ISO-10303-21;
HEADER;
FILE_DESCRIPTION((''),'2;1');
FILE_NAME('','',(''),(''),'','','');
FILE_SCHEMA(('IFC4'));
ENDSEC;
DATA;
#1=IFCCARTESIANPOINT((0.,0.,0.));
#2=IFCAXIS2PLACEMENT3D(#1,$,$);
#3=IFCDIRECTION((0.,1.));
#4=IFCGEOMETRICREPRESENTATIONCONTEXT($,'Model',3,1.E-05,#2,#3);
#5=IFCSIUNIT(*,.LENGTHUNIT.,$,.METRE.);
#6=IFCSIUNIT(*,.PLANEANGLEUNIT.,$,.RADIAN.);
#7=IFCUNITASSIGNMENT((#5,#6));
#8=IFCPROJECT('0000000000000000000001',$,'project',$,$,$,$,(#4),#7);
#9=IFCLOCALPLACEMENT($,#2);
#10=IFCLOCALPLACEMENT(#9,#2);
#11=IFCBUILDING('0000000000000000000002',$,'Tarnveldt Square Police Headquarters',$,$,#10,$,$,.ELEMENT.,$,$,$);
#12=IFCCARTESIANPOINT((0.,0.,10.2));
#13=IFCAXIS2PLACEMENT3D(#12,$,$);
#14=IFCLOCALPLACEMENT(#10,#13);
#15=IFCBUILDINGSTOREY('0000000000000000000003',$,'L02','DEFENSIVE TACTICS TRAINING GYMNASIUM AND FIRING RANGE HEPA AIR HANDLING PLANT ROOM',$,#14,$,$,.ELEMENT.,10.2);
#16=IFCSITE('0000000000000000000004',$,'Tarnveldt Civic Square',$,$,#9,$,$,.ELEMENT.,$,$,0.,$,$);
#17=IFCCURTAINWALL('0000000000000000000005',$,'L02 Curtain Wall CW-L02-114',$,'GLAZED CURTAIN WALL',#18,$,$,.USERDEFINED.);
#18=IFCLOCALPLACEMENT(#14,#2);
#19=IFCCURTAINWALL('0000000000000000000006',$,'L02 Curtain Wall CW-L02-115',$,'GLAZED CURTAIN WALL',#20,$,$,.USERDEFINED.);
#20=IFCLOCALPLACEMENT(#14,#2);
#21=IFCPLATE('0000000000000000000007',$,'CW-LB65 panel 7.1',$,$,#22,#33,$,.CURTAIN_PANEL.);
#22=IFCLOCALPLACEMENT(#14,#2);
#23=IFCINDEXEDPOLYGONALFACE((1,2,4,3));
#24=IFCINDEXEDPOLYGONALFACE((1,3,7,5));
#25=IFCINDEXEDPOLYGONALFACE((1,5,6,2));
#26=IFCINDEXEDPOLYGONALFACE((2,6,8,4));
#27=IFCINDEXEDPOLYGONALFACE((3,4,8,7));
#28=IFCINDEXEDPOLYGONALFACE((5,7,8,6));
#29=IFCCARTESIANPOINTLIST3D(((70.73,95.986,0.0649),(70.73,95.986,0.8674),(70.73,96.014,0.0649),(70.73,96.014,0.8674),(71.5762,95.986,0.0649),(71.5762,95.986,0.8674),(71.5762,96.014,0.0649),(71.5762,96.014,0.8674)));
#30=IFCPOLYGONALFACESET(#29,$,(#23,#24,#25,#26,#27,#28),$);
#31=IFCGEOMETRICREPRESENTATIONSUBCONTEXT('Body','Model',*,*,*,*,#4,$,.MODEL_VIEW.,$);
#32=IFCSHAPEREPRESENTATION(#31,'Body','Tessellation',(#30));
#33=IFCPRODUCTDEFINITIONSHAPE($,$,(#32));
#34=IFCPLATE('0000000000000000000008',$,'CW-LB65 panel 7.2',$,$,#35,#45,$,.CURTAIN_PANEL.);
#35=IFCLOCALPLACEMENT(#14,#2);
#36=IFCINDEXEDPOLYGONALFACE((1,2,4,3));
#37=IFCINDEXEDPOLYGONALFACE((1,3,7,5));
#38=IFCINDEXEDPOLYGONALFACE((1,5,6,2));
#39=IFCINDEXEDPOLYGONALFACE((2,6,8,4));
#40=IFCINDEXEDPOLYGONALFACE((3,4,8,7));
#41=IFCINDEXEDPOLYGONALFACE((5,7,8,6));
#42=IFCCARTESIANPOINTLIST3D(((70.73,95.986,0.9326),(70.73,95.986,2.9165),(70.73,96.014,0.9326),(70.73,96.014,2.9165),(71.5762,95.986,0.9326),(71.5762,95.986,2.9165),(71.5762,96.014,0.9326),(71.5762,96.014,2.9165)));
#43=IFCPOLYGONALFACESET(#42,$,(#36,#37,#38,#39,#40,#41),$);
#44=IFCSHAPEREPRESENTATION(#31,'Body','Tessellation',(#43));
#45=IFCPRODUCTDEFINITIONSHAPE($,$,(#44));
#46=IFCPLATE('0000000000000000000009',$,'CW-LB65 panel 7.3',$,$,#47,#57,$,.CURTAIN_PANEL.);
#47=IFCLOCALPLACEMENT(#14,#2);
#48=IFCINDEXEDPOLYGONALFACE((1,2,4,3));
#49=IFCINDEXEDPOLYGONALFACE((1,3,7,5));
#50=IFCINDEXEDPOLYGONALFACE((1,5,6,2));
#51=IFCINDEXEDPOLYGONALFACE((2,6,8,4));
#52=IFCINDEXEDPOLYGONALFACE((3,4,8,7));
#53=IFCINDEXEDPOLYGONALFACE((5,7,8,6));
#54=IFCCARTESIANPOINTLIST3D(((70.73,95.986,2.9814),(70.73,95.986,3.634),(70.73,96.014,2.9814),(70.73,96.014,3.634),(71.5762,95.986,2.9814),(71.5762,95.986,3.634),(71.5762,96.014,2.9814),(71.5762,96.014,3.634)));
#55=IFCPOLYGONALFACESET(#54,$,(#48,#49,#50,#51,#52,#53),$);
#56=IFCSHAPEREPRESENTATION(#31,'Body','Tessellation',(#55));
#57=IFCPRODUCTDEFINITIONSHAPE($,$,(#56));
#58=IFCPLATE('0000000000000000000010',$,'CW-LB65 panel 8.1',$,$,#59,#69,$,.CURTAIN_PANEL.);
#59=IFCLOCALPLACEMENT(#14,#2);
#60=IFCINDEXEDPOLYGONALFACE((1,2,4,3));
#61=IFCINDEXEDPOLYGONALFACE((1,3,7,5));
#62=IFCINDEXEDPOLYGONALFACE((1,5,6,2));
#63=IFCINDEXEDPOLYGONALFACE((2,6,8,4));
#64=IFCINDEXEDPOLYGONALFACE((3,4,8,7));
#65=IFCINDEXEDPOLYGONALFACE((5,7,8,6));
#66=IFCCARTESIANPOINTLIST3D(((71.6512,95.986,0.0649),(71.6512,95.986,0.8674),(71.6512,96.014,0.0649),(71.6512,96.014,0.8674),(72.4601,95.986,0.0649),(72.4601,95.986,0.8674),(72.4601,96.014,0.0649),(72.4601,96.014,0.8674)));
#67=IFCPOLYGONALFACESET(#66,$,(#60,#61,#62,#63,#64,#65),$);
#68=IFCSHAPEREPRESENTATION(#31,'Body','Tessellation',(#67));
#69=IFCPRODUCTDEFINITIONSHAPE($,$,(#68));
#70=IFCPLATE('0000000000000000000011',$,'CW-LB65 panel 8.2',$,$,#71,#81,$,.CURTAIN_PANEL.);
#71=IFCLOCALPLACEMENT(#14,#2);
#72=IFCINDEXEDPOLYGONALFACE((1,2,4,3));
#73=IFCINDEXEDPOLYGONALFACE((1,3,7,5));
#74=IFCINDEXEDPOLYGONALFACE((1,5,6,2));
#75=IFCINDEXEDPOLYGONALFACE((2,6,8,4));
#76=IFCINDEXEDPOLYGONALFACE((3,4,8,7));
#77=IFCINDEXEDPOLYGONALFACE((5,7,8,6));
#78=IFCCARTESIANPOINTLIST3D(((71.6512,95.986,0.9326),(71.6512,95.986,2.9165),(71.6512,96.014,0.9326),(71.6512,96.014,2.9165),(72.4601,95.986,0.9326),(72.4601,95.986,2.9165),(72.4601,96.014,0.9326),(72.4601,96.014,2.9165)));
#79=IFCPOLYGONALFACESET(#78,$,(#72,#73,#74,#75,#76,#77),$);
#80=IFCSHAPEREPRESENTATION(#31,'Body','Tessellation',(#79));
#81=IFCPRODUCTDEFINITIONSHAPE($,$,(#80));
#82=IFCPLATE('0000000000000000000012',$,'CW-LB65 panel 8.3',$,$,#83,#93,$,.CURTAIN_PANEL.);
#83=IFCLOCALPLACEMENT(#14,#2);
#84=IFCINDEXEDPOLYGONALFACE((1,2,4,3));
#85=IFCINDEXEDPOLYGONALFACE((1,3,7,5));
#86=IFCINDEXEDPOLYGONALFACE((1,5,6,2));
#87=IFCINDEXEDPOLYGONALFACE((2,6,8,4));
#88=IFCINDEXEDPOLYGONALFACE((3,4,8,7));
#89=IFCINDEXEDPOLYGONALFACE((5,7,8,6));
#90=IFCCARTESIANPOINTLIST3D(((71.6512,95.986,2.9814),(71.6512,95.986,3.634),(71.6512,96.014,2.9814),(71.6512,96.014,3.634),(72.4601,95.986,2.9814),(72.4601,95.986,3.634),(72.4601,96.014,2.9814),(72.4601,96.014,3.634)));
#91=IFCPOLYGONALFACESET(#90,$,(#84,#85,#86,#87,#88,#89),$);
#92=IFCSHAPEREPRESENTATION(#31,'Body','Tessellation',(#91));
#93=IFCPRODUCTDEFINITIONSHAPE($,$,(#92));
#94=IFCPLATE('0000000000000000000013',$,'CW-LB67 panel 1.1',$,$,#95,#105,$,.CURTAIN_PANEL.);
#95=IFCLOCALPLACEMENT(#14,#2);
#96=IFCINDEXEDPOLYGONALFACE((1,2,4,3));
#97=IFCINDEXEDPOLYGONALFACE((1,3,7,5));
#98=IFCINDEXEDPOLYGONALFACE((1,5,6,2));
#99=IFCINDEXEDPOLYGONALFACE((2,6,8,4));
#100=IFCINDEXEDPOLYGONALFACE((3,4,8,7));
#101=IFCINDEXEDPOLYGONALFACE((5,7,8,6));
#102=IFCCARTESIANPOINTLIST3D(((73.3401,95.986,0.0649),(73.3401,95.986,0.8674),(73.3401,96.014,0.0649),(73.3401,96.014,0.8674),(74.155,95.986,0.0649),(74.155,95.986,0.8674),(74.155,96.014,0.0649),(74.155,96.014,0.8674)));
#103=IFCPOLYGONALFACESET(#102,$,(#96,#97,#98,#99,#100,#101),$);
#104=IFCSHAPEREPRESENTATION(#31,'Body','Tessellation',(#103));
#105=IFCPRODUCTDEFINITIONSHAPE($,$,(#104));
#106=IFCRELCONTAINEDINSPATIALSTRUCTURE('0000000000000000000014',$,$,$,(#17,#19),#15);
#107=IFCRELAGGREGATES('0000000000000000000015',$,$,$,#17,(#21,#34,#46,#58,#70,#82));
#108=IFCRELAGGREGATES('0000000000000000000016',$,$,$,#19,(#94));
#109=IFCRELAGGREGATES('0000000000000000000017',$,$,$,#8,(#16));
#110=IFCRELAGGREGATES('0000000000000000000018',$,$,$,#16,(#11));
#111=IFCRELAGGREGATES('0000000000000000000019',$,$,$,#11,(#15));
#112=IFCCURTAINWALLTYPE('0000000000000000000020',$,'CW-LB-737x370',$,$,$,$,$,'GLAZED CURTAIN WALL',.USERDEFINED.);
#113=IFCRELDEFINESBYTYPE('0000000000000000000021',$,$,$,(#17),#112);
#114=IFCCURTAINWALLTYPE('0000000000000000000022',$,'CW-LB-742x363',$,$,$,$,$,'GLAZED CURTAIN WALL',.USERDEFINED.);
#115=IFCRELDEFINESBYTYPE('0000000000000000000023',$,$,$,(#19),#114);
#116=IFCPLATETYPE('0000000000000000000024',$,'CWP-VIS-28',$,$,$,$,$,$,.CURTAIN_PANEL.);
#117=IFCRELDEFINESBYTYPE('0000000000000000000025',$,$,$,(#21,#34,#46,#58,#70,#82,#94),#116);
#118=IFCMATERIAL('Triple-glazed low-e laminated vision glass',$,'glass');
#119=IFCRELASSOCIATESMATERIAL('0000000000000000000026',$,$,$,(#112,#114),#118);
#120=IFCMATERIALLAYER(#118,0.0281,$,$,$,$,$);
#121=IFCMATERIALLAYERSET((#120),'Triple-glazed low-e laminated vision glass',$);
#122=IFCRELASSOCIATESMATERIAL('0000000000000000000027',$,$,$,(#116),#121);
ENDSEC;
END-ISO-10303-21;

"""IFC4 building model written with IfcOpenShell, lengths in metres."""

from ifc_helpers import new_model, si_unit, direction, frame, origin, origin_2d, place, context, subcontext, project, spatial, rectangle, extrude, material, layer, layer_set, type_object, element, aggregate, save


model = new_model("IFC4")

# Units and contexts
model_context = context("Model", 3, precision=1e-05, world=origin(), true_north=direction((0.0, 1.0)))
body_context = subcontext(model_context, "Body", "Model", "MODEL_VIEW")
ifc_project = project(units=[si_unit("LENGTHUNIT", "METRE"), si_unit("PLANEANGLEUNIT", "RADIAN")], contexts=[model_context])

# Site, building, storey
site_placement = place(None, origin())
site = spatial("IfcSite", under=ifc_project, at=site_placement, Name="Tarnveldt Civic Square", CompositionType="ELEMENT", RefElevation=0.0)
building_placement = place(site_placement, origin())
building = spatial("IfcBuilding", under=site, at=building_placement, Name="Tarnveldt Square Police Headquarters", CompositionType="ELEMENT")
storey_placement = place(building_placement, frame((0.0, 0.0, 10.2)))
storey = spatial("IfcBuildingStorey", under=building, at=storey_placement, Name="L02", Description="DEFENSIVE TACTICS TRAINING GYMNASIUM AND FIRING RANGE HEPA AIR HANDLING PLANT ROOM", CompositionType="ELEMENT", Elevation=10.2)

# Curtain wall
ifc_material_1 = material(Name="Triple-glazed low-e laminated vision glass", Category="glass")
curtain_wall_type_1 = type_object("IfcCurtainWallType", Name="CW-LB-737x370", ElementType="GLAZED CURTAIN WALL", PredefinedType="USERDEFINED", material=ifc_material_1)
curtain_wall_1_placement = place(storey_placement, origin())
curtain_wall_1 = element("IfcCurtainWall", 1, at=curtain_wall_1_placement, inside=storey, type_object=curtain_wall_type_1, Name="L02 Curtain Wall CW-L02-114", ObjectType="GLAZED CURTAIN WALL", PredefinedType="USERDEFINED")

# Curtain wall
curtain_wall_type_2 = type_object("IfcCurtainWallType", Name="CW-LB-742x363", ElementType="GLAZED CURTAIN WALL", PredefinedType="USERDEFINED", material=ifc_material_1)
curtain_wall_2_placement = place(storey_placement, origin())
curtain_wall_2 = element("IfcCurtainWall", 2, at=curtain_wall_2_placement, inside=storey, type_object=curtain_wall_type_2, Name="L02 Curtain Wall CW-L02-115", ObjectType="GLAZED CURTAIN WALL", PredefinedType="USERDEFINED")

# Plates
ifc_layer = layer(ifc_material_1, 0.0281)
ifc_layer_set = layer_set([ifc_layer], Name="Triple-glazed low-e laminated vision glass")
plate_type = type_object("IfcPlateType", Name="CWP-VIS-28", PredefinedType="CURTAIN_PANEL", material=ifc_layer_set)
plate_1_placement = place(storey_placement, frame((71.1531, 96.0, 0.0649), z_axis=(0.0, 0.0, 1.0), x_axis=(1.0, 0.0, 0.0)))
plate_1 = element("IfcPlate", 3, at=plate_1_placement, type_object=plate_type, Name="CW-LB65 panel 7.1", PredefinedType="CURTAIN_PANEL", context=body_context, shape_type="SweptSolid", body=[
    extrude(rectangle(XDim=0.8462, YDim=0.0281, at=origin_2d()), origin(), (0.0, 0.0, 1.0), 0.8025),
])
plate_2_placement = place(storey_placement, frame((71.1531, 96.0, 0.9326), z_axis=(0.0, 0.0, 1.0), x_axis=(1.0, 0.0, 0.0)))
plate_2 = element("IfcPlate", 4, at=plate_2_placement, type_object=plate_type, Name="CW-LB65 panel 7.2", PredefinedType="CURTAIN_PANEL", context=body_context, shape_type="SweptSolid", body=[
    extrude(rectangle(XDim=0.8462, YDim=0.0281, at=origin_2d()), origin(), (0.0, 0.0, 1.0), 1.9839),
])
plate_3_placement = place(storey_placement, frame((71.1531, 96.0, 2.9814), z_axis=(0.0, 0.0, 1.0), x_axis=(1.0, 0.0, 0.0)))
plate_3 = element("IfcPlate", 5, at=plate_3_placement, type_object=plate_type, Name="CW-LB65 panel 7.3", PredefinedType="CURTAIN_PANEL", context=body_context, shape_type="SweptSolid", body=[
    extrude(rectangle(XDim=0.8462, YDim=0.0281, at=origin_2d()), origin(), (0.0, 0.0, 1.0), 0.6526),
])
plate_4_placement = place(storey_placement, frame((72.0557, 96.0, 0.0649), z_axis=(0.0, 0.0, 1.0), x_axis=(1.0, 0.0, 0.0)))
plate_4 = element("IfcPlate", 6, at=plate_4_placement, type_object=plate_type, Name="CW-LB65 panel 8.1", PredefinedType="CURTAIN_PANEL", context=body_context, shape_type="SweptSolid", body=[
    extrude(rectangle(XDim=0.8088, YDim=0.0281, at=origin_2d()), origin(), (0.0, 0.0, 1.0), 0.8025),
])
plate_5_placement = place(storey_placement, frame((72.0557, 96.0, 0.9326), z_axis=(0.0, 0.0, 1.0), x_axis=(1.0, 0.0, 0.0)))
plate_5 = element("IfcPlate", 7, at=plate_5_placement, type_object=plate_type, Name="CW-LB65 panel 8.2", PredefinedType="CURTAIN_PANEL", context=body_context, shape_type="SweptSolid", body=[
    extrude(rectangle(XDim=0.8088, YDim=0.0281, at=origin_2d()), origin(), (0.0, 0.0, 1.0), 1.9839),
])
plate_6_placement = place(storey_placement, frame((72.0557, 96.0, 2.9814), z_axis=(0.0, 0.0, 1.0), x_axis=(1.0, 0.0, 0.0)))
plate_6 = element("IfcPlate", 8, at=plate_6_placement, type_object=plate_type, Name="CW-LB65 panel 8.3", PredefinedType="CURTAIN_PANEL", context=body_context, shape_type="SweptSolid", body=[
    extrude(rectangle(XDim=0.8088, YDim=0.0281, at=origin_2d()), origin(), (0.0, 0.0, 1.0), 0.6526),
])
aggregate(curtain_wall_1, [plate_1, plate_2, plate_3, plate_4, plate_5, plate_6])
plate_7_placement = place(storey_placement, frame((73.7476, 96.0, 0.0649), z_axis=(0.0, 0.0, 1.0), x_axis=(1.0, 0.0, 0.0)))
plate_7 = element("IfcPlate", 9, at=plate_7_placement, type_object=plate_type, Name="CW-LB67 panel 1.1", PredefinedType="CURTAIN_PANEL", context=body_context, shape_type="SweptSolid", body=[
    extrude(rectangle(XDim=0.8149, YDim=0.0281, at=origin_2d()), origin(), (0.0, 0.0, 1.0), 0.8025),
])
aggregate(curtain_wall_2, [plate_7])

save(model, "model.ifc")
